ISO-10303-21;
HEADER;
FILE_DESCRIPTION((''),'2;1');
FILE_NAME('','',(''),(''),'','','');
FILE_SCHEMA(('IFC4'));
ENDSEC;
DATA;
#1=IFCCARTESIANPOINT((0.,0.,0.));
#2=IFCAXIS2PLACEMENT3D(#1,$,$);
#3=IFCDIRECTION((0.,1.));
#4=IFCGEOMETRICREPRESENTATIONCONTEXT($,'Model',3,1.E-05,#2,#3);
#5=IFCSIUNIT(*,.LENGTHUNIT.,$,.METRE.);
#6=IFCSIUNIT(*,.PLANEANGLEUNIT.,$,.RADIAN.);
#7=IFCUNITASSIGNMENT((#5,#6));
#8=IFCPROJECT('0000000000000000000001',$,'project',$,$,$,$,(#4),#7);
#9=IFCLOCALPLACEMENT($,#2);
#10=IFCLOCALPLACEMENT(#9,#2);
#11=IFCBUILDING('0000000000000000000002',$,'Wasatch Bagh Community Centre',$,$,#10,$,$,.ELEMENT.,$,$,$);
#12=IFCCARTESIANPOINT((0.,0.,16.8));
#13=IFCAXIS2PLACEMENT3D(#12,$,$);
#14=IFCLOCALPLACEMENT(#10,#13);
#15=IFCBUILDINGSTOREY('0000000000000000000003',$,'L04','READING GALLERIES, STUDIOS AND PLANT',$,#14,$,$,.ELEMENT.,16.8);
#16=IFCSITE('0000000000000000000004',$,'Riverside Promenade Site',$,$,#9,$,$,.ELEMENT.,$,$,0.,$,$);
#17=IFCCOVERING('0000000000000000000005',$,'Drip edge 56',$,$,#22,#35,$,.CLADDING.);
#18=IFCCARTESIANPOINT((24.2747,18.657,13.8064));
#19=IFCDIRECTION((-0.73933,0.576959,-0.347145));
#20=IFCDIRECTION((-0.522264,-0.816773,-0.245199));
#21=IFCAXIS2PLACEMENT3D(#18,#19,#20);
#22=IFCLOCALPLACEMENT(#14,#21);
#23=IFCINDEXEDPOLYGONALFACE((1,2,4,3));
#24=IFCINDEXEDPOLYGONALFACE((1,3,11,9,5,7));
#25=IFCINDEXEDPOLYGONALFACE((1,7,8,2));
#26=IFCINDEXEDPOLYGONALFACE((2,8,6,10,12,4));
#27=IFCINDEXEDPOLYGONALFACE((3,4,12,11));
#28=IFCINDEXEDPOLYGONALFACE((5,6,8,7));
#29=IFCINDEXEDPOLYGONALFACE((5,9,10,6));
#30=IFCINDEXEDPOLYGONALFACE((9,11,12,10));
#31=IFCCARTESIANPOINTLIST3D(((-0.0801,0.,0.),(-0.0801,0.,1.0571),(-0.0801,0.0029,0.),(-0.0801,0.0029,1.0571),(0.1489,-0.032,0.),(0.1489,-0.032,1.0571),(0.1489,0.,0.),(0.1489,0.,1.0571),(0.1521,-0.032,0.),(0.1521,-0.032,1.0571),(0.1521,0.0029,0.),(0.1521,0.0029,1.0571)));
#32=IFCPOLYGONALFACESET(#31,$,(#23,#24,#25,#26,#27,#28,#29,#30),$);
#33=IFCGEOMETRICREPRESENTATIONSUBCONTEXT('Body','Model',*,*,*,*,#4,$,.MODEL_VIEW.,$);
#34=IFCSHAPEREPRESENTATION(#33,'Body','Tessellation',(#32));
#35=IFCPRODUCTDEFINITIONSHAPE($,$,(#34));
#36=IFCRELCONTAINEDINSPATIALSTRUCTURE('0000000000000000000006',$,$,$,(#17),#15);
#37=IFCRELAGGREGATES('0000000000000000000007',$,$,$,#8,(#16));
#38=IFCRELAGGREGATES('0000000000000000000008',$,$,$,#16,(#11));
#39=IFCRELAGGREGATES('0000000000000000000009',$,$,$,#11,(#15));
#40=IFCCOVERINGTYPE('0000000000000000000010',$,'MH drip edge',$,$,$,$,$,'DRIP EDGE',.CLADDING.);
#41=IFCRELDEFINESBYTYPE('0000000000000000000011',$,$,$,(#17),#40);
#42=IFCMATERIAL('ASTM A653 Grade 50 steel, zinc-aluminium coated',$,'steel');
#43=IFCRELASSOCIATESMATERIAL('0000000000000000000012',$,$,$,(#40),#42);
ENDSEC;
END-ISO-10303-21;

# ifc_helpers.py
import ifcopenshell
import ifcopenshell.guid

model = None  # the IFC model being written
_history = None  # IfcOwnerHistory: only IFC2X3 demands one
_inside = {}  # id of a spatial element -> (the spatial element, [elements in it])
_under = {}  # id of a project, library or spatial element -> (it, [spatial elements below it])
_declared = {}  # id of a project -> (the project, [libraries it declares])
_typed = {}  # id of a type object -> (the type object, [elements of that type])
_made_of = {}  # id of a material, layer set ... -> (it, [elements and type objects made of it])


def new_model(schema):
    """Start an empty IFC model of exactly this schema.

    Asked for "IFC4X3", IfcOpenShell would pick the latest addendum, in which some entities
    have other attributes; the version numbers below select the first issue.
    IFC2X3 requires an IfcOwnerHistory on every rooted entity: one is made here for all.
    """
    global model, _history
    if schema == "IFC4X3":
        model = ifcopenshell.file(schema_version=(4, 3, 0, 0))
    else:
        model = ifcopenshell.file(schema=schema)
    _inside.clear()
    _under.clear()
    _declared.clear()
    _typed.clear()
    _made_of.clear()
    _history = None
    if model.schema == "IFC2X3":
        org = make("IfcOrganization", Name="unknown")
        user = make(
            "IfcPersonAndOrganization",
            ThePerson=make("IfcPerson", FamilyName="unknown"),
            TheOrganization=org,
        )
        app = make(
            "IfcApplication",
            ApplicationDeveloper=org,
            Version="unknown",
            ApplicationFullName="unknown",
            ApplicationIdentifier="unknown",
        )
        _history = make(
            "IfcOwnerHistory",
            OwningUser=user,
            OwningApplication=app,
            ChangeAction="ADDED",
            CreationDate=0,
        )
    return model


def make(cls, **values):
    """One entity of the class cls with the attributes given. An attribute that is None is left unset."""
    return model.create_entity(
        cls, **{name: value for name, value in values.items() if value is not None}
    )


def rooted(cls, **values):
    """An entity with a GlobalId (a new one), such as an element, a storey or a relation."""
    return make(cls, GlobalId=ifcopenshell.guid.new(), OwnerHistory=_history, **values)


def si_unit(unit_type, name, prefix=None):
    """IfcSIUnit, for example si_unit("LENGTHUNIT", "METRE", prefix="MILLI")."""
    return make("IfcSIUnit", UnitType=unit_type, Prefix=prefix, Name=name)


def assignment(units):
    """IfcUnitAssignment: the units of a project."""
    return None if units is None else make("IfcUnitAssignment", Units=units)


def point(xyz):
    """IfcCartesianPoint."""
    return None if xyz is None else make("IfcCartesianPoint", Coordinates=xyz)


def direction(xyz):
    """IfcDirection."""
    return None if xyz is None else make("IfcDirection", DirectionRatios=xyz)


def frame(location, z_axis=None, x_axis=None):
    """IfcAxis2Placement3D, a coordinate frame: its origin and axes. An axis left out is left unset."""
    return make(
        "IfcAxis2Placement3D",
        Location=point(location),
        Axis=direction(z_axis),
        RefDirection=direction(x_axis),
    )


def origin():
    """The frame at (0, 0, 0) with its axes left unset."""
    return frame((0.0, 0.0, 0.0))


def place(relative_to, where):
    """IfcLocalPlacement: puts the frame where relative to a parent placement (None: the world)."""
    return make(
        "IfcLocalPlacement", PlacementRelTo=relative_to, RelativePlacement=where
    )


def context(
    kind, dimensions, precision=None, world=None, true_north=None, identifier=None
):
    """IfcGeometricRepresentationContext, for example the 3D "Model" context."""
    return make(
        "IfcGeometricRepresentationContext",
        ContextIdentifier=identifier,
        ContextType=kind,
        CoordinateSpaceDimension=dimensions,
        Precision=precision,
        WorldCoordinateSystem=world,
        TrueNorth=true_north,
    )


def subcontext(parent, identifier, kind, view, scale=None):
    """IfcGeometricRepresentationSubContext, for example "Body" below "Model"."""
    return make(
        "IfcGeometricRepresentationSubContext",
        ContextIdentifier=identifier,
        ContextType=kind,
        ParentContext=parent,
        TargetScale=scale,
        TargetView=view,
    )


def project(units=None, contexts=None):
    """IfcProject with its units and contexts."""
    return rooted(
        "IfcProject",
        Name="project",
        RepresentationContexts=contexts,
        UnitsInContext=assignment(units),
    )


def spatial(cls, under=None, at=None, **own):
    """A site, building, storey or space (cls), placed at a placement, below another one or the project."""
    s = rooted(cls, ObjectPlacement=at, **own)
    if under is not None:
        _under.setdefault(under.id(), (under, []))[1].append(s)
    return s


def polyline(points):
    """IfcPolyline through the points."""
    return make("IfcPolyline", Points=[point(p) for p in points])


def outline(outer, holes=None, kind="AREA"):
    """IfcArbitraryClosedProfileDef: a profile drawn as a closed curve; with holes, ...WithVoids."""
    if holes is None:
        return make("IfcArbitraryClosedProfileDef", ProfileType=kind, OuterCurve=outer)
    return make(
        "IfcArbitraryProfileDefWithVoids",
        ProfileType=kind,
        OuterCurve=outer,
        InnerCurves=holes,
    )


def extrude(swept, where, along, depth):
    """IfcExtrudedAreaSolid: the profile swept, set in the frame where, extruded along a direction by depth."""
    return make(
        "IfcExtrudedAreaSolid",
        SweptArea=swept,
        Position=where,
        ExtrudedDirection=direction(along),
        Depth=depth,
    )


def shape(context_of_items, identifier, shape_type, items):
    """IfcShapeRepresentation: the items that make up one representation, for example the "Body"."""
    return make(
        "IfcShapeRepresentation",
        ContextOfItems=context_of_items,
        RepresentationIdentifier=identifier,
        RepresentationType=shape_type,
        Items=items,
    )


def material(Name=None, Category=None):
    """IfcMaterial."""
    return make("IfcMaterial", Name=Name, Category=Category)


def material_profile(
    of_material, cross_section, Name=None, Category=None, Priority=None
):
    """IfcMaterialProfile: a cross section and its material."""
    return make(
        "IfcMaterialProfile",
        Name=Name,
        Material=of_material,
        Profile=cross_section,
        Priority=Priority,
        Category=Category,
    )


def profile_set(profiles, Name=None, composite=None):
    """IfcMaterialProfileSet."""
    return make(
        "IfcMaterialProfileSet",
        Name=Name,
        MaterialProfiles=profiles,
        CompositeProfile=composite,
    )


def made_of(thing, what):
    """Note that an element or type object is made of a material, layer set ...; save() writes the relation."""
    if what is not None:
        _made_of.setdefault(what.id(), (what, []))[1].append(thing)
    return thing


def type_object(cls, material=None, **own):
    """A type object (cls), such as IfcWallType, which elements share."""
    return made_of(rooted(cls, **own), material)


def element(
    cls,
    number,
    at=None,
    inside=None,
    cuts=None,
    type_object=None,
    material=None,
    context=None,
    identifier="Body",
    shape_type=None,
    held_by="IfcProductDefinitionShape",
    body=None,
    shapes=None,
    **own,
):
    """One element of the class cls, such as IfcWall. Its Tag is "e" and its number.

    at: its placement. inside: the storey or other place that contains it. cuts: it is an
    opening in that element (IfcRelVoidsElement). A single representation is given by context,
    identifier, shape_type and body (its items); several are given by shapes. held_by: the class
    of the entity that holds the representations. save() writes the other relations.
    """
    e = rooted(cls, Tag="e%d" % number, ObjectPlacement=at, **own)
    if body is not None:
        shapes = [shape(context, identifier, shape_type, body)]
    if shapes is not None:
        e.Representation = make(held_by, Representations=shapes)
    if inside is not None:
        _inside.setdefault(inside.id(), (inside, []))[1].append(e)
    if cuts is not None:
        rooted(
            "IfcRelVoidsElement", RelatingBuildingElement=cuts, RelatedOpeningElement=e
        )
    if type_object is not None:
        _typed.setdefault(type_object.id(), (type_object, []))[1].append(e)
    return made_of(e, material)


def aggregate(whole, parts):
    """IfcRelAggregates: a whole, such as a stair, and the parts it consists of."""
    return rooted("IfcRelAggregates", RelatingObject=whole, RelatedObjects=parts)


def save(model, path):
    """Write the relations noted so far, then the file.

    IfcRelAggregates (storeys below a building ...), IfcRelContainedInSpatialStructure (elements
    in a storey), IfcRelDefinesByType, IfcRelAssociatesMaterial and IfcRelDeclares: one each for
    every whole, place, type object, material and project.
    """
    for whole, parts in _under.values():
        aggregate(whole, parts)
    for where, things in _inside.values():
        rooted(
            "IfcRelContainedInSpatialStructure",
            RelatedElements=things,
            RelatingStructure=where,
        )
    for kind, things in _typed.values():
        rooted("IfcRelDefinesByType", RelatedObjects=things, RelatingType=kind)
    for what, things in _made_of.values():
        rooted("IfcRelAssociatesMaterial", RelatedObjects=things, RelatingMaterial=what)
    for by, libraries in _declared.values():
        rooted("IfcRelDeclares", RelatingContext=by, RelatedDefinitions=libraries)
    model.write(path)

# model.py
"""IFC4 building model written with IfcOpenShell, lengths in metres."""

from ifc_helpers import new_model, si_unit, direction, frame, origin, place, context, subcontext, project, spatial, polyline, outline, extrude, material, material_profile, profile_set, type_object, element, save


model = new_model("IFC4")

# Units and contexts
model_context = context("Model", 3, precision=1e-05, world=origin(), true_north=direction((0.0, 1.0)))
body_context = subcontext(model_context, "Body", "Model", "MODEL_VIEW")
ifc_project = project(units=[si_unit("LENGTHUNIT", "METRE"), si_unit("PLANEANGLEUNIT", "RADIAN")], contexts=[model_context])

# Site, building, storey
site_placement = place(None, origin())
site = spatial("IfcSite", under=ifc_project, at=site_placement, Name="Riverside Promenade Site", CompositionType="ELEMENT", RefElevation=0.0)
building_placement = place(site_placement, origin())
building = spatial("IfcBuilding", under=site, at=building_placement, Name="Wasatch Bagh Community Centre", CompositionType="ELEMENT")
storey_placement = place(building_placement, frame((0.0, 0.0, 16.8)))
storey = spatial("IfcBuildingStorey", under=building, at=storey_placement, Name="L04", Description="READING GALLERIES, STUDIOS AND PLANT", CompositionType="ELEMENT", Elevation=16.8)

# Covering
ifc_material_1 = material(Name="ASTM A653 Grade 50 steel, zinc-aluminium coated", Category="steel")
ifc_material_profile_1 = material_profile(ifc_material_1, outline(polyline([(-0.0801, 0.0029), (0.1521, 0.0029), (0.1521, -0.032), (0.1489, -0.032), (0.1489, 0.0), (-0.0801, 0.0), (-0.0801, 0.0029)])), Name="DRIP EDGE")
ifc_profile_set_1 = profile_set([ifc_material_profile_1], Name="ASTM A653 Grade 50 steel, zinc-aluminium coated")
covering_type_1 = type_object("IfcCoveringType", Name="MH drip edge", ElementType="DRIP EDGE", PredefinedType="CLADDING", material=ifc_profile_set_1)
covering_1_placement = place(storey_placement, frame((24.2747, 18.657, 13.8064), z_axis=(-0.73933, 0.576959, -0.347145), x_axis=(-0.522264, -0.816773, -0.245199)))
element("IfcCovering", 1, at=covering_1_placement, inside=storey, type_object=covering_type_1, Name="Drip edge 56", PredefinedType="CLADDING", context=body_context, shape_type="SweptSolid", body=[
    extrude(outline(polyline([(-0.0801, 0.0029), (0.1521, 0.0029), (0.1521, -0.032), (0.1489, -0.032), (0.1489, 0.0), (-0.0801, 0.0), (-0.0801, 0.0029)])), origin(), (0.0, 0.0, 1.0), 1.0571),
])

save(model, "model.ifc")
